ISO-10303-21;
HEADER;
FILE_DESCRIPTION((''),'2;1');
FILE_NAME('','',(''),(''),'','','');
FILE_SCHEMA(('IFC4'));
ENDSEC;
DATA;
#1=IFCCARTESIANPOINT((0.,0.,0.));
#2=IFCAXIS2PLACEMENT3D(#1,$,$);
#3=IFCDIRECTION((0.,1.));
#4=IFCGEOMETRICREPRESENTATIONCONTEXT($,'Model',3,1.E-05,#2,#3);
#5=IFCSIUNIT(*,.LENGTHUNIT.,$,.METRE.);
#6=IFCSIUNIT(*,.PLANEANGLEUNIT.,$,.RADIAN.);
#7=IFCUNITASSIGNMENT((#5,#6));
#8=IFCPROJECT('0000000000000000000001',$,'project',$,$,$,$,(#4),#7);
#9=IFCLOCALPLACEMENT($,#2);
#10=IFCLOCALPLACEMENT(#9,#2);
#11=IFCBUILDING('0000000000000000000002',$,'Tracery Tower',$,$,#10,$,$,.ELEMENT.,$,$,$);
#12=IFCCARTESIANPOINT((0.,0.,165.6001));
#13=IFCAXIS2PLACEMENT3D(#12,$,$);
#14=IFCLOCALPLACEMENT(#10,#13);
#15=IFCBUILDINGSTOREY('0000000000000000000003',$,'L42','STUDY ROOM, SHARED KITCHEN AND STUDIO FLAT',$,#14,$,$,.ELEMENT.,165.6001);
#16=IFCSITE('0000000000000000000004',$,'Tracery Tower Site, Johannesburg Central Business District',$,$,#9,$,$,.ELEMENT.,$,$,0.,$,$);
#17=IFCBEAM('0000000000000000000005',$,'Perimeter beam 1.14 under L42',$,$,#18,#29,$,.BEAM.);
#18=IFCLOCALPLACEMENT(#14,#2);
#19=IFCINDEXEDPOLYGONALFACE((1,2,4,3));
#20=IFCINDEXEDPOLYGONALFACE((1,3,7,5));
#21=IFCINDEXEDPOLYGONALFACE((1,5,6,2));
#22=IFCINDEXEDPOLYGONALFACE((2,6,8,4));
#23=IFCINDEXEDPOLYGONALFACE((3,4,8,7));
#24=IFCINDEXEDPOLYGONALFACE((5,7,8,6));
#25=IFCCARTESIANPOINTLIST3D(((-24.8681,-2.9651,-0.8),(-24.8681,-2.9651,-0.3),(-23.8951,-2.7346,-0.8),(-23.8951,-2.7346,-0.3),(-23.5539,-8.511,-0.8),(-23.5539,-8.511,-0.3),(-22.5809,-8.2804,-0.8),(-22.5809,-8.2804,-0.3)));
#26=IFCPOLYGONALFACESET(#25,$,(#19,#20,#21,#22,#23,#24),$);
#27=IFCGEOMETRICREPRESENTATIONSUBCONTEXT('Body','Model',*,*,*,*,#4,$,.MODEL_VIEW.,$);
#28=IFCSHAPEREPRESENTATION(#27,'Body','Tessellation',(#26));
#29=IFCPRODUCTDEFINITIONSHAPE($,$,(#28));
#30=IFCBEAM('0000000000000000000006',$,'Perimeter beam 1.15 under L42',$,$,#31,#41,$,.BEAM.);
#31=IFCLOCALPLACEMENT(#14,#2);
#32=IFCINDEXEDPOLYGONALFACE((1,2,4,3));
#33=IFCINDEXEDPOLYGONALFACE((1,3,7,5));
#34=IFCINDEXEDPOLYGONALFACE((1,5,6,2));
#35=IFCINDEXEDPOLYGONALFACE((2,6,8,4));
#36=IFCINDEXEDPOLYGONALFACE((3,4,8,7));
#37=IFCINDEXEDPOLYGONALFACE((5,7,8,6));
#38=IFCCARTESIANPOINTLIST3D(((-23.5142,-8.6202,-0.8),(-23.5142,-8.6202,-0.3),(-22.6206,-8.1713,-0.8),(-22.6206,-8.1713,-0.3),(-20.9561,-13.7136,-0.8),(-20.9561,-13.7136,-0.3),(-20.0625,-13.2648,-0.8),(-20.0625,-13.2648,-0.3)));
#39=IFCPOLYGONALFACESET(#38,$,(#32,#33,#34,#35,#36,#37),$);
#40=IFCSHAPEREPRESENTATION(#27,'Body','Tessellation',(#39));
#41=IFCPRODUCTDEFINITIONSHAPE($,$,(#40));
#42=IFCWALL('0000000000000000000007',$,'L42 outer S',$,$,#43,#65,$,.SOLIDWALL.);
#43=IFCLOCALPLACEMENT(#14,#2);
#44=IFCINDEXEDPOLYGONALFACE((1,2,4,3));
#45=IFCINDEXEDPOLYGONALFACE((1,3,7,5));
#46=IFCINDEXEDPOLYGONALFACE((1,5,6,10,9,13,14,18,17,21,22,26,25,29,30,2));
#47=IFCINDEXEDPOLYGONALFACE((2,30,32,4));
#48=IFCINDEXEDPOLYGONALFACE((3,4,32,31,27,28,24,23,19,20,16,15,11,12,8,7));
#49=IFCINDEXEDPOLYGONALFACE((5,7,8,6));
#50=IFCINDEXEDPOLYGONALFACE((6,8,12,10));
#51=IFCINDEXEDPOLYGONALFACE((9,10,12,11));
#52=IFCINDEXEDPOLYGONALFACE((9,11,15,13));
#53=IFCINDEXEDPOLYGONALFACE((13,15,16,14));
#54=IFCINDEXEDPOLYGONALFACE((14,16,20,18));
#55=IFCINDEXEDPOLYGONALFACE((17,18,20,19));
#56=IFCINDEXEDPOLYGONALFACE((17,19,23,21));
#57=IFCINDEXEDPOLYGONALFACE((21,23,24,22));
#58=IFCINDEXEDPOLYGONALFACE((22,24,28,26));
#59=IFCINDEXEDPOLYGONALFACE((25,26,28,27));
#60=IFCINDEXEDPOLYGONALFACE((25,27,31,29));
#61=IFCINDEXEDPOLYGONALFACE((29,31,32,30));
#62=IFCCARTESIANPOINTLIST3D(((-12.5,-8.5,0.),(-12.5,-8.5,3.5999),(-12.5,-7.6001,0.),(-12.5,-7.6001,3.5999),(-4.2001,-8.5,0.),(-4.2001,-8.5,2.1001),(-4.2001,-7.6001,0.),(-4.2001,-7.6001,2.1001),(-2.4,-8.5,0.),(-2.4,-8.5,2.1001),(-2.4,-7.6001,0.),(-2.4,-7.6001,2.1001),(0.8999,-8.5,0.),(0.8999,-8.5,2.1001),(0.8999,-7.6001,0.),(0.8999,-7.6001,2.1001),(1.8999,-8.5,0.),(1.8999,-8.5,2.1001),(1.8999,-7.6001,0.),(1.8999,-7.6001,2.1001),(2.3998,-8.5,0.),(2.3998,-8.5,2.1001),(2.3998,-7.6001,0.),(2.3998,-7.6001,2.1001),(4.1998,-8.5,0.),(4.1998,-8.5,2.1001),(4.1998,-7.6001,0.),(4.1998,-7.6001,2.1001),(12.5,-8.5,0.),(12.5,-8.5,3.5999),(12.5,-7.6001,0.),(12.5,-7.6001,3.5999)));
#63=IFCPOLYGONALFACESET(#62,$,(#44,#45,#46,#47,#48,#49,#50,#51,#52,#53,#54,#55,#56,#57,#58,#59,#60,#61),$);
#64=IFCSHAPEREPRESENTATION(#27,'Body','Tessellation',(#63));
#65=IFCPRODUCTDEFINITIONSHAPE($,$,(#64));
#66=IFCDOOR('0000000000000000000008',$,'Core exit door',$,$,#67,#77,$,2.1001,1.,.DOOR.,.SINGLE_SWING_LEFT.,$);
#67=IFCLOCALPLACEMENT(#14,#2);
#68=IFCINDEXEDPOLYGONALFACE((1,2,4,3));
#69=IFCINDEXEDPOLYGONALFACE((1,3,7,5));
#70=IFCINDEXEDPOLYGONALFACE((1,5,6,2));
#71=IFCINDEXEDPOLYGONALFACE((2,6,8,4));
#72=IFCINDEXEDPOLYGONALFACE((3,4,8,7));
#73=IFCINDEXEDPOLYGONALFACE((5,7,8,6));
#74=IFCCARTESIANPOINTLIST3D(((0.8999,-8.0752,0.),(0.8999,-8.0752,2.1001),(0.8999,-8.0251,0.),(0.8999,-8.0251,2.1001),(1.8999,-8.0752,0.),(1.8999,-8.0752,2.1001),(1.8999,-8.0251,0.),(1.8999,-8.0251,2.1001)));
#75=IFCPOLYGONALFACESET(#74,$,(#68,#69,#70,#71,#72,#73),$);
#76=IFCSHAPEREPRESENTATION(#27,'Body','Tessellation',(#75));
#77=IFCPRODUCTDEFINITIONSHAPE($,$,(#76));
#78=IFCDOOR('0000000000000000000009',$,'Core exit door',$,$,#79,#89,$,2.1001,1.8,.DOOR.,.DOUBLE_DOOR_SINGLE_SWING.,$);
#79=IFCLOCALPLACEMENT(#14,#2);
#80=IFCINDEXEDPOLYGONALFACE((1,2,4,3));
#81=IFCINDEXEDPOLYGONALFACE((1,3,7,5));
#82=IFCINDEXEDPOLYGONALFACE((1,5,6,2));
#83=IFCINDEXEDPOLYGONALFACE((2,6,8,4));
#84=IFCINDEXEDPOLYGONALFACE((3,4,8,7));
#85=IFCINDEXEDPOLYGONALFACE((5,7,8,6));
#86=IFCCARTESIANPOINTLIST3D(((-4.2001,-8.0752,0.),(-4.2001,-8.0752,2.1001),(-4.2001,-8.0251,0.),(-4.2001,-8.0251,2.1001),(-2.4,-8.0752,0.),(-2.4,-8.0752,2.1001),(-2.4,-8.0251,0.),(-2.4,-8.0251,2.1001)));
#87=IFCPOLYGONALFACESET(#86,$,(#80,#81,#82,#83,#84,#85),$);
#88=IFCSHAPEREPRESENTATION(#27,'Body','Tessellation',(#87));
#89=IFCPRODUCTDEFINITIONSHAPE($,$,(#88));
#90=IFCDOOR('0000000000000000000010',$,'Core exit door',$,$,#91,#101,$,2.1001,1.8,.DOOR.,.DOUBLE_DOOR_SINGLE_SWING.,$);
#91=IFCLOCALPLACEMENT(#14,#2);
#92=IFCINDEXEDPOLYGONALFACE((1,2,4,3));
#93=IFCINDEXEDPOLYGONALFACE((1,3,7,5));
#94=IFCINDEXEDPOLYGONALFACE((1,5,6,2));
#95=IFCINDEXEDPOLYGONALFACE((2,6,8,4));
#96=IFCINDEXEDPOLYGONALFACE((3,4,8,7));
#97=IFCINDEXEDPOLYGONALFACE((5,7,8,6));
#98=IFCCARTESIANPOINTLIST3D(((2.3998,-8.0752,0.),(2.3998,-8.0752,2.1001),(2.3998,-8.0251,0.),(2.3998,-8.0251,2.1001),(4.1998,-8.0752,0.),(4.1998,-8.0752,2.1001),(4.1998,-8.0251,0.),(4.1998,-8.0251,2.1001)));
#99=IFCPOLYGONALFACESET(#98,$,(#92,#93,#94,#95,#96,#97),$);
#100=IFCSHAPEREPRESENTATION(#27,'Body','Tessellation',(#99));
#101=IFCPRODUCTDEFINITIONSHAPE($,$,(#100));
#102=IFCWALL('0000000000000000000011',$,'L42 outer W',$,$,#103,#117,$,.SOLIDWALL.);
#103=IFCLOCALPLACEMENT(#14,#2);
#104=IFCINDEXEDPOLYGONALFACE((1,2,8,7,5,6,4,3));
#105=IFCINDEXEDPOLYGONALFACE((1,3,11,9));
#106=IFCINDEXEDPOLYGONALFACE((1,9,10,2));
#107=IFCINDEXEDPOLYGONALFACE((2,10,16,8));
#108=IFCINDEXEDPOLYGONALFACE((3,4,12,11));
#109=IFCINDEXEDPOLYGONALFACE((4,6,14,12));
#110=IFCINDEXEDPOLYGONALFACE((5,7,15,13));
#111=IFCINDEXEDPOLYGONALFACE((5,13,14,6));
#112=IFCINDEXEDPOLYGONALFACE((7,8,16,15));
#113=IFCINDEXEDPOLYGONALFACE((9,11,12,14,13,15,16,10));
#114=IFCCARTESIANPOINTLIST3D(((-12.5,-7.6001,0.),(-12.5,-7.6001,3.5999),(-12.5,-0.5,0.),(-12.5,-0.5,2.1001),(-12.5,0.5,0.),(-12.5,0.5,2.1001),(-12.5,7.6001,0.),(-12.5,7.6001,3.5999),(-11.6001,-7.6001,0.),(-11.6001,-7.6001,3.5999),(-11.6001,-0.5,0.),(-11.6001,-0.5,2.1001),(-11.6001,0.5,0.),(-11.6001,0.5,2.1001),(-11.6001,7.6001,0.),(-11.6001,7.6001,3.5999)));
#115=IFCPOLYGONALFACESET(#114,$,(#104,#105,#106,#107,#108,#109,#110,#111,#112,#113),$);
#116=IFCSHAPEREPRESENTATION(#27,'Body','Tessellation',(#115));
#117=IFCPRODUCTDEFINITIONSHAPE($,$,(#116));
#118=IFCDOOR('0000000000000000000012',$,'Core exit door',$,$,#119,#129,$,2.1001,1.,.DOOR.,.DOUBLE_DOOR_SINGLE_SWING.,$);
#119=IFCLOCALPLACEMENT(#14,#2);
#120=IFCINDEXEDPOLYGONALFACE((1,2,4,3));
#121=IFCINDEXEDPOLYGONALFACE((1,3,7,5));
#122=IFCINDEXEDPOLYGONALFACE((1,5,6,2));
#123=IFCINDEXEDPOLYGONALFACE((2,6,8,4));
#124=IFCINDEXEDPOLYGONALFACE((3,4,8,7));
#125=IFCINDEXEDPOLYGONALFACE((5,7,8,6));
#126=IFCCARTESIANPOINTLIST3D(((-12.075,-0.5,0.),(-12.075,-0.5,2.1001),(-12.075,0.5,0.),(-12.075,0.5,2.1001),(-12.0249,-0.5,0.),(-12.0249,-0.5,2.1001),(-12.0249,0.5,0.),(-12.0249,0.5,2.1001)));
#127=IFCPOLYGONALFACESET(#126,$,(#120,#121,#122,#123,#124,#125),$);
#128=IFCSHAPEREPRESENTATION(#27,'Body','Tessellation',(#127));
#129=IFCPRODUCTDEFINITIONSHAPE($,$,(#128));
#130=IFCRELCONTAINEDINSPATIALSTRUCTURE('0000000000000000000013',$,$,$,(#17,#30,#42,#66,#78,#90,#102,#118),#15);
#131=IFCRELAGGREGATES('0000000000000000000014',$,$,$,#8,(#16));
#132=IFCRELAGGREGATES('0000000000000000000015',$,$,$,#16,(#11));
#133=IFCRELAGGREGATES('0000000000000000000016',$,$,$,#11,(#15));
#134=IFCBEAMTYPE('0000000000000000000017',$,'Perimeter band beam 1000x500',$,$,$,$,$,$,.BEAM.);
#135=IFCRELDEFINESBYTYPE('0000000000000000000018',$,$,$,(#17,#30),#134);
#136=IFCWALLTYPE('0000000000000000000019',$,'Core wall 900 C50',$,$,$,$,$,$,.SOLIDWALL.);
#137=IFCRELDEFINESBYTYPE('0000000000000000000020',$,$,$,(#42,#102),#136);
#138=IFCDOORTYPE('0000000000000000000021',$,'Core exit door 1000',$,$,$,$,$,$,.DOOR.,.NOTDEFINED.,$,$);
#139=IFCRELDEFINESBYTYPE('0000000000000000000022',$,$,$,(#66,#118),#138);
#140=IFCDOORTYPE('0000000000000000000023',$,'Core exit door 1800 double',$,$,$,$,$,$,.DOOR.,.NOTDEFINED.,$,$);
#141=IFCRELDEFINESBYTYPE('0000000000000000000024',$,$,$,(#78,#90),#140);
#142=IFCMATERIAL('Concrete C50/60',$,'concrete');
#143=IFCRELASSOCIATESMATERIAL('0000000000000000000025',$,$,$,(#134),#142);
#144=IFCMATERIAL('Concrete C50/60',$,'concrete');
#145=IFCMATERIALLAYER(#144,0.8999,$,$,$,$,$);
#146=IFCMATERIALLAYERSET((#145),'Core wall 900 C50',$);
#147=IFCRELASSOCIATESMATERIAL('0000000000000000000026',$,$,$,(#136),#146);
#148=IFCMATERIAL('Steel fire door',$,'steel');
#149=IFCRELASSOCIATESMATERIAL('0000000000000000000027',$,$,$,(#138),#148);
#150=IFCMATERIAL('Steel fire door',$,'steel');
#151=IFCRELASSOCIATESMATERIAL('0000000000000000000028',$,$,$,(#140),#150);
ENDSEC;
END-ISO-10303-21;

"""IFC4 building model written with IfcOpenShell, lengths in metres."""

from ifc_helpers import new_model, si_unit, direction, frame, frame_2d, origin, origin_2d, place, context, subcontext, project, spatial, rectangle, extrude, material, layer, layer_set, material_profile, profile_set, type_object, element, fill, save


model = new_model("IFC4")

# Units and contexts
model_context = context("Model", 3, precision=1e-05, world=origin(), true_north=direction((0.0, 1.0)))
body_context = subcontext(model_context, "Body", "Model", "MODEL_VIEW")
ifc_project = project(units=[si_unit("LENGTHUNIT", "METRE"), si_unit("PLANEANGLEUNIT", "RADIAN")], contexts=[model_context])

# Site, building, storey
site_placement = place(None, origin())
site = spatial("IfcSite", under=ifc_project, at=site_placement, Name="Tracery Tower Site, Johannesburg Central Business District", CompositionType="ELEMENT", RefElevation=0.0)
building_placement = place(site_placement, origin())
building = spatial("IfcBuilding", under=site, at=building_placement, Name="Tracery Tower", CompositionType="ELEMENT")
storey_placement = place(building_placement, frame((0.0, 0.0, 165.6001)))
storey = spatial("IfcBuildingStorey", under=building, at=storey_placement, Name="L42", Description="STUDY ROOM, SHARED KITCHEN AND STUDIO FLAT", CompositionType="ELEMENT", Elevation=165.6001)

# Beams
ifc_material_1 = material(Name="Concrete C50/60", Category="concrete")
ifc_material_profile_1 = material_profile(ifc_material_1, rectangle(XDim=1.0, YDim=0.5, at=origin_2d()), Name="RC 1000x500")
ifc_profile_set_1 = profile_set([ifc_material_profile_1], Name="Concrete C50/60")
beam_type = type_object("IfcBeamType", Name="Perimeter band beam 1000x500", PredefinedType="BEAM", material=ifc_profile_set_1)
beam_1_placement = place(storey_placement, frame((-24.3816, -2.8499, -0.55), z_axis=(0.230584, -0.973052, 0.0), x_axis=(0.973052, 0.230584, 0.0)))
element("IfcBeam", 1, at=beam_1_placement, inside=storey, type_object=beam_type, Name="Perimeter beam 1.14 under L42", PredefinedType="BEAM", context=body_context, shape_type="SweptSolid", body=[
    extrude(rectangle(XDim=1.0, YDim=0.5, at=origin_2d()), origin(), (0.0, 0.0, 1.0), 5.6995),
])
beam_2_placement = place(storey_placement, frame((-23.0674, -8.3958, -0.55), z_axis=(0.448806, -0.893629, 0.0), x_axis=(0.893629, 0.448806, 0.0)))
element("IfcBeam", 2, at=beam_2_placement, inside=storey, type_object=beam_type, Name="Perimeter beam 1.15 under L42", PredefinedType="BEAM", context=body_context, shape_type="SweptSolid", body=[
    extrude(rectangle(XDim=1.0, YDim=0.5, at=origin_2d()), origin(), (0.0, 0.0, 1.0), 5.6997),
])

# Wall, openings, doors
ifc_material_2 = material(Name="Concrete C50/60", Category="concrete")
ifc_layer_1 = layer(ifc_material_2, 0.8999)
ifc_layer_set_1 = layer_set([ifc_layer_1], Name="Core wall 900 C50")
wall_type_1 = type_object("IfcWallType", Name="Core wall 900 C50", PredefinedType="SOLIDWALL", material=ifc_layer_set_1)
wall_1_placement = place(storey_placement, frame((-12.5, -8.05, 0.0), z_axis=(0.0, 0.0, 1.0), x_axis=(1.0, 0.0, 0.0)))
wall_1 = element("IfcWall", 3, at=wall_1_placement, inside=storey, type_object=wall_type_1, Name="L42 outer S", PredefinedType="SOLIDWALL", context=body_context, shape_type="SweptSolid", body=[
    extrude(rectangle(XDim=25.0, YDim=0.8999, at=frame_2d((12.5, 0.0))), origin(), (0.0, 0.0, 1.0), 3.5999),
])
opening_1_placement = place(wall_1_placement, frame((13.3999, 0.0, 0.0)))
opening_1 = element("IfcOpeningElement", 4, at=opening_1_placement, cuts=wall_1, PredefinedType="OPENING", context=body_context, shape_type="SweptSolid", body=[
    extrude(rectangle(XDim=1.0, YDim=2.1001, at=frame_2d((0.5, 1.05))), frame((0.0, 0.45, 0.0), z_axis=(0.0, -1.0, 0.0), x_axis=(1.0, 0.0, 0.0)), (0.0, 0.0, 1.0), 0.8999),
])
opening_2_placement = place(wall_1_placement, frame((8.3, 0.0, 0.0)))
opening_2 = element("IfcOpeningElement", 5, at=opening_2_placement, cuts=wall_1, PredefinedType="OPENING", context=body_context, shape_type="SweptSolid", body=[
    extrude(rectangle(XDim=1.8, YDim=2.1001, at=frame_2d((0.8999, 1.05))), frame((0.0, 0.45, 0.0), z_axis=(0.0, -1.0, 0.0), x_axis=(1.0, 0.0, 0.0)), (0.0, 0.0, 1.0), 0.8999),
])
opening_3_placement = place(wall_1_placement, frame((14.8999, 0.0, 0.0)))
opening_3 = element("IfcOpeningElement", 6, at=opening_3_placement, cuts=wall_1, PredefinedType="OPENING", context=body_context, shape_type="SweptSolid", body=[
    extrude(rectangle(XDim=1.8, YDim=2.1001, at=frame_2d((0.8999, 1.05))), frame((0.0, 0.45, 0.0), z_axis=(0.0, -1.0, 0.0), x_axis=(1.0, 0.0, 0.0)), (0.0, 0.0, 1.0), 0.8999),
])
ifc_material_3 = material(Name="Steel fire door", Category="steel")
door_type_1 = type_object("IfcDoorType", Name="Core exit door 1000", OperationType="NOTDEFINED", PredefinedType="DOOR", material=ifc_material_3)
door_1_placement = place(opening_1_placement, origin())
door_1 = element("IfcDoor", 7, at=door_1_placement, inside=storey, type_object=door_type_1, Name="Core exit door", OperationType="SINGLE_SWING_LEFT", OverallHeight=2.1001, OverallWidth=1.0, PredefinedType="DOOR", context=body_context, shape_type="SweptSolid", body=[
    extrude(rectangle(XDim=1.0, YDim=2.1001, at=frame_2d((0.5, 1.05))), frame((0.0, 0.0249, 0.0), z_axis=(0.0, -1.0, 0.0), x_axis=(1.0, 0.0, 0.0)), (0.0, 0.0, 1.0), 0.05),
])
fill(opening_1, door_1)
ifc_material_4 = material(Name="Steel fire door", Category="steel")
door_type_2 = type_object("IfcDoorType", Name="Core exit door 1800 double", OperationType="NOTDEFINED", PredefinedType="DOOR", material=ifc_material_4)
door_2_placement = place(opening_2_placement, origin())
door_2 = element("IfcDoor", 8, at=door_2_placement, inside=storey, type_object=door_type_2, Name="Core exit door", OperationType="DOUBLE_DOOR_SINGLE_SWING", OverallHeight=2.1001, OverallWidth=1.8, PredefinedType="DOOR", context=body_context, shape_type="SweptSolid", body=[
    extrude(rectangle(XDim=1.8, YDim=2.1001, at=frame_2d((0.8999, 1.05))), frame((0.0, 0.0249, 0.0), z_axis=(0.0, -1.0, 0.0), x_axis=(1.0, 0.0, 0.0)), (0.0, 0.0, 1.0), 0.05),
])
fill(opening_2, door_2)
door_3_placement = place(opening_3_placement, origin())
door_3 = element("IfcDoor", 9, at=door_3_placement, inside=storey, type_object=door_type_2, Name="Core exit door", OperationType="DOUBLE_DOOR_SINGLE_SWING", OverallHeight=2.1001, OverallWidth=1.8, PredefinedType="DOOR", context=body_context, shape_type="SweptSolid", body=[
    extrude(rectangle(XDim=1.8, YDim=2.1001, at=frame_2d((0.8999, 1.05))), frame((0.0, 0.0249, 0.0), z_axis=(0.0, -1.0, 0.0), x_axis=(1.0, 0.0, 0.0)), (0.0, 0.0, 1.0), 0.05),
])
fill(opening_3, door_3)

# Wall, opening, door
wall_2_placement = place(storey_placement, frame((-12.05, -7.6001, 0.0), z_axis=(0.0, 0.0, 1.0), x_axis=(0.0, 1.0, 0.0)))
wall_2 = element("IfcWall", 10, at=wall_2_placement, inside=storey, type_object=wall_type_1, Name="L42 outer W", PredefinedType="SOLIDWALL", context=body_context, shape_type="SweptSolid", body=[
    extrude(rectangle(XDim=15.2002, YDim=0.8999, at=frame_2d((7.6001, 0.0))), origin(), (0.0, 0.0, 1.0), 3.5999),
])
opening_4_placement = place(wall_2_placement, frame((7.1001, 0.0, 0.0)))
opening_4 = element("IfcOpeningElement", 11, at=opening_4_placement, cuts=wall_2, PredefinedType="OPENING", context=body_context, shape_type="SweptSolid", body=[
    extrude(rectangle(XDim=1.0, YDim=2.1001, at=frame_2d((0.5, 1.05))), frame((0.0, 0.45, 0.0), z_axis=(0.0, -1.0, 0.0), x_axis=(1.0, 0.0, 0.0)), (0.0, 0.0, 1.0), 0.8999),
])
door_4_placement = place(opening_4_placement, origin())
door_4 = element("IfcDoor", 12, at=door_4_placement, inside=storey, type_object=door_type_1, Name="Core exit door", OperationType="DOUBLE_DOOR_SINGLE_SWING", OverallHeight=2.1001, OverallWidth=1.0, PredefinedType="DOOR", context=body_context, shape_type="SweptSolid", body=[
    extrude(rectangle(XDim=1.0, YDim=2.1001, at=frame_2d((0.5, 1.05))), frame((0.0, 0.0249, 0.0), z_axis=(0.0, -1.0, 0.0), x_axis=(1.0, 0.0, 0.0)), (0.0, 0.0, 1.0), 0.05),
])
fill(opening_4, door_4)

save(model, "model.ifc")
